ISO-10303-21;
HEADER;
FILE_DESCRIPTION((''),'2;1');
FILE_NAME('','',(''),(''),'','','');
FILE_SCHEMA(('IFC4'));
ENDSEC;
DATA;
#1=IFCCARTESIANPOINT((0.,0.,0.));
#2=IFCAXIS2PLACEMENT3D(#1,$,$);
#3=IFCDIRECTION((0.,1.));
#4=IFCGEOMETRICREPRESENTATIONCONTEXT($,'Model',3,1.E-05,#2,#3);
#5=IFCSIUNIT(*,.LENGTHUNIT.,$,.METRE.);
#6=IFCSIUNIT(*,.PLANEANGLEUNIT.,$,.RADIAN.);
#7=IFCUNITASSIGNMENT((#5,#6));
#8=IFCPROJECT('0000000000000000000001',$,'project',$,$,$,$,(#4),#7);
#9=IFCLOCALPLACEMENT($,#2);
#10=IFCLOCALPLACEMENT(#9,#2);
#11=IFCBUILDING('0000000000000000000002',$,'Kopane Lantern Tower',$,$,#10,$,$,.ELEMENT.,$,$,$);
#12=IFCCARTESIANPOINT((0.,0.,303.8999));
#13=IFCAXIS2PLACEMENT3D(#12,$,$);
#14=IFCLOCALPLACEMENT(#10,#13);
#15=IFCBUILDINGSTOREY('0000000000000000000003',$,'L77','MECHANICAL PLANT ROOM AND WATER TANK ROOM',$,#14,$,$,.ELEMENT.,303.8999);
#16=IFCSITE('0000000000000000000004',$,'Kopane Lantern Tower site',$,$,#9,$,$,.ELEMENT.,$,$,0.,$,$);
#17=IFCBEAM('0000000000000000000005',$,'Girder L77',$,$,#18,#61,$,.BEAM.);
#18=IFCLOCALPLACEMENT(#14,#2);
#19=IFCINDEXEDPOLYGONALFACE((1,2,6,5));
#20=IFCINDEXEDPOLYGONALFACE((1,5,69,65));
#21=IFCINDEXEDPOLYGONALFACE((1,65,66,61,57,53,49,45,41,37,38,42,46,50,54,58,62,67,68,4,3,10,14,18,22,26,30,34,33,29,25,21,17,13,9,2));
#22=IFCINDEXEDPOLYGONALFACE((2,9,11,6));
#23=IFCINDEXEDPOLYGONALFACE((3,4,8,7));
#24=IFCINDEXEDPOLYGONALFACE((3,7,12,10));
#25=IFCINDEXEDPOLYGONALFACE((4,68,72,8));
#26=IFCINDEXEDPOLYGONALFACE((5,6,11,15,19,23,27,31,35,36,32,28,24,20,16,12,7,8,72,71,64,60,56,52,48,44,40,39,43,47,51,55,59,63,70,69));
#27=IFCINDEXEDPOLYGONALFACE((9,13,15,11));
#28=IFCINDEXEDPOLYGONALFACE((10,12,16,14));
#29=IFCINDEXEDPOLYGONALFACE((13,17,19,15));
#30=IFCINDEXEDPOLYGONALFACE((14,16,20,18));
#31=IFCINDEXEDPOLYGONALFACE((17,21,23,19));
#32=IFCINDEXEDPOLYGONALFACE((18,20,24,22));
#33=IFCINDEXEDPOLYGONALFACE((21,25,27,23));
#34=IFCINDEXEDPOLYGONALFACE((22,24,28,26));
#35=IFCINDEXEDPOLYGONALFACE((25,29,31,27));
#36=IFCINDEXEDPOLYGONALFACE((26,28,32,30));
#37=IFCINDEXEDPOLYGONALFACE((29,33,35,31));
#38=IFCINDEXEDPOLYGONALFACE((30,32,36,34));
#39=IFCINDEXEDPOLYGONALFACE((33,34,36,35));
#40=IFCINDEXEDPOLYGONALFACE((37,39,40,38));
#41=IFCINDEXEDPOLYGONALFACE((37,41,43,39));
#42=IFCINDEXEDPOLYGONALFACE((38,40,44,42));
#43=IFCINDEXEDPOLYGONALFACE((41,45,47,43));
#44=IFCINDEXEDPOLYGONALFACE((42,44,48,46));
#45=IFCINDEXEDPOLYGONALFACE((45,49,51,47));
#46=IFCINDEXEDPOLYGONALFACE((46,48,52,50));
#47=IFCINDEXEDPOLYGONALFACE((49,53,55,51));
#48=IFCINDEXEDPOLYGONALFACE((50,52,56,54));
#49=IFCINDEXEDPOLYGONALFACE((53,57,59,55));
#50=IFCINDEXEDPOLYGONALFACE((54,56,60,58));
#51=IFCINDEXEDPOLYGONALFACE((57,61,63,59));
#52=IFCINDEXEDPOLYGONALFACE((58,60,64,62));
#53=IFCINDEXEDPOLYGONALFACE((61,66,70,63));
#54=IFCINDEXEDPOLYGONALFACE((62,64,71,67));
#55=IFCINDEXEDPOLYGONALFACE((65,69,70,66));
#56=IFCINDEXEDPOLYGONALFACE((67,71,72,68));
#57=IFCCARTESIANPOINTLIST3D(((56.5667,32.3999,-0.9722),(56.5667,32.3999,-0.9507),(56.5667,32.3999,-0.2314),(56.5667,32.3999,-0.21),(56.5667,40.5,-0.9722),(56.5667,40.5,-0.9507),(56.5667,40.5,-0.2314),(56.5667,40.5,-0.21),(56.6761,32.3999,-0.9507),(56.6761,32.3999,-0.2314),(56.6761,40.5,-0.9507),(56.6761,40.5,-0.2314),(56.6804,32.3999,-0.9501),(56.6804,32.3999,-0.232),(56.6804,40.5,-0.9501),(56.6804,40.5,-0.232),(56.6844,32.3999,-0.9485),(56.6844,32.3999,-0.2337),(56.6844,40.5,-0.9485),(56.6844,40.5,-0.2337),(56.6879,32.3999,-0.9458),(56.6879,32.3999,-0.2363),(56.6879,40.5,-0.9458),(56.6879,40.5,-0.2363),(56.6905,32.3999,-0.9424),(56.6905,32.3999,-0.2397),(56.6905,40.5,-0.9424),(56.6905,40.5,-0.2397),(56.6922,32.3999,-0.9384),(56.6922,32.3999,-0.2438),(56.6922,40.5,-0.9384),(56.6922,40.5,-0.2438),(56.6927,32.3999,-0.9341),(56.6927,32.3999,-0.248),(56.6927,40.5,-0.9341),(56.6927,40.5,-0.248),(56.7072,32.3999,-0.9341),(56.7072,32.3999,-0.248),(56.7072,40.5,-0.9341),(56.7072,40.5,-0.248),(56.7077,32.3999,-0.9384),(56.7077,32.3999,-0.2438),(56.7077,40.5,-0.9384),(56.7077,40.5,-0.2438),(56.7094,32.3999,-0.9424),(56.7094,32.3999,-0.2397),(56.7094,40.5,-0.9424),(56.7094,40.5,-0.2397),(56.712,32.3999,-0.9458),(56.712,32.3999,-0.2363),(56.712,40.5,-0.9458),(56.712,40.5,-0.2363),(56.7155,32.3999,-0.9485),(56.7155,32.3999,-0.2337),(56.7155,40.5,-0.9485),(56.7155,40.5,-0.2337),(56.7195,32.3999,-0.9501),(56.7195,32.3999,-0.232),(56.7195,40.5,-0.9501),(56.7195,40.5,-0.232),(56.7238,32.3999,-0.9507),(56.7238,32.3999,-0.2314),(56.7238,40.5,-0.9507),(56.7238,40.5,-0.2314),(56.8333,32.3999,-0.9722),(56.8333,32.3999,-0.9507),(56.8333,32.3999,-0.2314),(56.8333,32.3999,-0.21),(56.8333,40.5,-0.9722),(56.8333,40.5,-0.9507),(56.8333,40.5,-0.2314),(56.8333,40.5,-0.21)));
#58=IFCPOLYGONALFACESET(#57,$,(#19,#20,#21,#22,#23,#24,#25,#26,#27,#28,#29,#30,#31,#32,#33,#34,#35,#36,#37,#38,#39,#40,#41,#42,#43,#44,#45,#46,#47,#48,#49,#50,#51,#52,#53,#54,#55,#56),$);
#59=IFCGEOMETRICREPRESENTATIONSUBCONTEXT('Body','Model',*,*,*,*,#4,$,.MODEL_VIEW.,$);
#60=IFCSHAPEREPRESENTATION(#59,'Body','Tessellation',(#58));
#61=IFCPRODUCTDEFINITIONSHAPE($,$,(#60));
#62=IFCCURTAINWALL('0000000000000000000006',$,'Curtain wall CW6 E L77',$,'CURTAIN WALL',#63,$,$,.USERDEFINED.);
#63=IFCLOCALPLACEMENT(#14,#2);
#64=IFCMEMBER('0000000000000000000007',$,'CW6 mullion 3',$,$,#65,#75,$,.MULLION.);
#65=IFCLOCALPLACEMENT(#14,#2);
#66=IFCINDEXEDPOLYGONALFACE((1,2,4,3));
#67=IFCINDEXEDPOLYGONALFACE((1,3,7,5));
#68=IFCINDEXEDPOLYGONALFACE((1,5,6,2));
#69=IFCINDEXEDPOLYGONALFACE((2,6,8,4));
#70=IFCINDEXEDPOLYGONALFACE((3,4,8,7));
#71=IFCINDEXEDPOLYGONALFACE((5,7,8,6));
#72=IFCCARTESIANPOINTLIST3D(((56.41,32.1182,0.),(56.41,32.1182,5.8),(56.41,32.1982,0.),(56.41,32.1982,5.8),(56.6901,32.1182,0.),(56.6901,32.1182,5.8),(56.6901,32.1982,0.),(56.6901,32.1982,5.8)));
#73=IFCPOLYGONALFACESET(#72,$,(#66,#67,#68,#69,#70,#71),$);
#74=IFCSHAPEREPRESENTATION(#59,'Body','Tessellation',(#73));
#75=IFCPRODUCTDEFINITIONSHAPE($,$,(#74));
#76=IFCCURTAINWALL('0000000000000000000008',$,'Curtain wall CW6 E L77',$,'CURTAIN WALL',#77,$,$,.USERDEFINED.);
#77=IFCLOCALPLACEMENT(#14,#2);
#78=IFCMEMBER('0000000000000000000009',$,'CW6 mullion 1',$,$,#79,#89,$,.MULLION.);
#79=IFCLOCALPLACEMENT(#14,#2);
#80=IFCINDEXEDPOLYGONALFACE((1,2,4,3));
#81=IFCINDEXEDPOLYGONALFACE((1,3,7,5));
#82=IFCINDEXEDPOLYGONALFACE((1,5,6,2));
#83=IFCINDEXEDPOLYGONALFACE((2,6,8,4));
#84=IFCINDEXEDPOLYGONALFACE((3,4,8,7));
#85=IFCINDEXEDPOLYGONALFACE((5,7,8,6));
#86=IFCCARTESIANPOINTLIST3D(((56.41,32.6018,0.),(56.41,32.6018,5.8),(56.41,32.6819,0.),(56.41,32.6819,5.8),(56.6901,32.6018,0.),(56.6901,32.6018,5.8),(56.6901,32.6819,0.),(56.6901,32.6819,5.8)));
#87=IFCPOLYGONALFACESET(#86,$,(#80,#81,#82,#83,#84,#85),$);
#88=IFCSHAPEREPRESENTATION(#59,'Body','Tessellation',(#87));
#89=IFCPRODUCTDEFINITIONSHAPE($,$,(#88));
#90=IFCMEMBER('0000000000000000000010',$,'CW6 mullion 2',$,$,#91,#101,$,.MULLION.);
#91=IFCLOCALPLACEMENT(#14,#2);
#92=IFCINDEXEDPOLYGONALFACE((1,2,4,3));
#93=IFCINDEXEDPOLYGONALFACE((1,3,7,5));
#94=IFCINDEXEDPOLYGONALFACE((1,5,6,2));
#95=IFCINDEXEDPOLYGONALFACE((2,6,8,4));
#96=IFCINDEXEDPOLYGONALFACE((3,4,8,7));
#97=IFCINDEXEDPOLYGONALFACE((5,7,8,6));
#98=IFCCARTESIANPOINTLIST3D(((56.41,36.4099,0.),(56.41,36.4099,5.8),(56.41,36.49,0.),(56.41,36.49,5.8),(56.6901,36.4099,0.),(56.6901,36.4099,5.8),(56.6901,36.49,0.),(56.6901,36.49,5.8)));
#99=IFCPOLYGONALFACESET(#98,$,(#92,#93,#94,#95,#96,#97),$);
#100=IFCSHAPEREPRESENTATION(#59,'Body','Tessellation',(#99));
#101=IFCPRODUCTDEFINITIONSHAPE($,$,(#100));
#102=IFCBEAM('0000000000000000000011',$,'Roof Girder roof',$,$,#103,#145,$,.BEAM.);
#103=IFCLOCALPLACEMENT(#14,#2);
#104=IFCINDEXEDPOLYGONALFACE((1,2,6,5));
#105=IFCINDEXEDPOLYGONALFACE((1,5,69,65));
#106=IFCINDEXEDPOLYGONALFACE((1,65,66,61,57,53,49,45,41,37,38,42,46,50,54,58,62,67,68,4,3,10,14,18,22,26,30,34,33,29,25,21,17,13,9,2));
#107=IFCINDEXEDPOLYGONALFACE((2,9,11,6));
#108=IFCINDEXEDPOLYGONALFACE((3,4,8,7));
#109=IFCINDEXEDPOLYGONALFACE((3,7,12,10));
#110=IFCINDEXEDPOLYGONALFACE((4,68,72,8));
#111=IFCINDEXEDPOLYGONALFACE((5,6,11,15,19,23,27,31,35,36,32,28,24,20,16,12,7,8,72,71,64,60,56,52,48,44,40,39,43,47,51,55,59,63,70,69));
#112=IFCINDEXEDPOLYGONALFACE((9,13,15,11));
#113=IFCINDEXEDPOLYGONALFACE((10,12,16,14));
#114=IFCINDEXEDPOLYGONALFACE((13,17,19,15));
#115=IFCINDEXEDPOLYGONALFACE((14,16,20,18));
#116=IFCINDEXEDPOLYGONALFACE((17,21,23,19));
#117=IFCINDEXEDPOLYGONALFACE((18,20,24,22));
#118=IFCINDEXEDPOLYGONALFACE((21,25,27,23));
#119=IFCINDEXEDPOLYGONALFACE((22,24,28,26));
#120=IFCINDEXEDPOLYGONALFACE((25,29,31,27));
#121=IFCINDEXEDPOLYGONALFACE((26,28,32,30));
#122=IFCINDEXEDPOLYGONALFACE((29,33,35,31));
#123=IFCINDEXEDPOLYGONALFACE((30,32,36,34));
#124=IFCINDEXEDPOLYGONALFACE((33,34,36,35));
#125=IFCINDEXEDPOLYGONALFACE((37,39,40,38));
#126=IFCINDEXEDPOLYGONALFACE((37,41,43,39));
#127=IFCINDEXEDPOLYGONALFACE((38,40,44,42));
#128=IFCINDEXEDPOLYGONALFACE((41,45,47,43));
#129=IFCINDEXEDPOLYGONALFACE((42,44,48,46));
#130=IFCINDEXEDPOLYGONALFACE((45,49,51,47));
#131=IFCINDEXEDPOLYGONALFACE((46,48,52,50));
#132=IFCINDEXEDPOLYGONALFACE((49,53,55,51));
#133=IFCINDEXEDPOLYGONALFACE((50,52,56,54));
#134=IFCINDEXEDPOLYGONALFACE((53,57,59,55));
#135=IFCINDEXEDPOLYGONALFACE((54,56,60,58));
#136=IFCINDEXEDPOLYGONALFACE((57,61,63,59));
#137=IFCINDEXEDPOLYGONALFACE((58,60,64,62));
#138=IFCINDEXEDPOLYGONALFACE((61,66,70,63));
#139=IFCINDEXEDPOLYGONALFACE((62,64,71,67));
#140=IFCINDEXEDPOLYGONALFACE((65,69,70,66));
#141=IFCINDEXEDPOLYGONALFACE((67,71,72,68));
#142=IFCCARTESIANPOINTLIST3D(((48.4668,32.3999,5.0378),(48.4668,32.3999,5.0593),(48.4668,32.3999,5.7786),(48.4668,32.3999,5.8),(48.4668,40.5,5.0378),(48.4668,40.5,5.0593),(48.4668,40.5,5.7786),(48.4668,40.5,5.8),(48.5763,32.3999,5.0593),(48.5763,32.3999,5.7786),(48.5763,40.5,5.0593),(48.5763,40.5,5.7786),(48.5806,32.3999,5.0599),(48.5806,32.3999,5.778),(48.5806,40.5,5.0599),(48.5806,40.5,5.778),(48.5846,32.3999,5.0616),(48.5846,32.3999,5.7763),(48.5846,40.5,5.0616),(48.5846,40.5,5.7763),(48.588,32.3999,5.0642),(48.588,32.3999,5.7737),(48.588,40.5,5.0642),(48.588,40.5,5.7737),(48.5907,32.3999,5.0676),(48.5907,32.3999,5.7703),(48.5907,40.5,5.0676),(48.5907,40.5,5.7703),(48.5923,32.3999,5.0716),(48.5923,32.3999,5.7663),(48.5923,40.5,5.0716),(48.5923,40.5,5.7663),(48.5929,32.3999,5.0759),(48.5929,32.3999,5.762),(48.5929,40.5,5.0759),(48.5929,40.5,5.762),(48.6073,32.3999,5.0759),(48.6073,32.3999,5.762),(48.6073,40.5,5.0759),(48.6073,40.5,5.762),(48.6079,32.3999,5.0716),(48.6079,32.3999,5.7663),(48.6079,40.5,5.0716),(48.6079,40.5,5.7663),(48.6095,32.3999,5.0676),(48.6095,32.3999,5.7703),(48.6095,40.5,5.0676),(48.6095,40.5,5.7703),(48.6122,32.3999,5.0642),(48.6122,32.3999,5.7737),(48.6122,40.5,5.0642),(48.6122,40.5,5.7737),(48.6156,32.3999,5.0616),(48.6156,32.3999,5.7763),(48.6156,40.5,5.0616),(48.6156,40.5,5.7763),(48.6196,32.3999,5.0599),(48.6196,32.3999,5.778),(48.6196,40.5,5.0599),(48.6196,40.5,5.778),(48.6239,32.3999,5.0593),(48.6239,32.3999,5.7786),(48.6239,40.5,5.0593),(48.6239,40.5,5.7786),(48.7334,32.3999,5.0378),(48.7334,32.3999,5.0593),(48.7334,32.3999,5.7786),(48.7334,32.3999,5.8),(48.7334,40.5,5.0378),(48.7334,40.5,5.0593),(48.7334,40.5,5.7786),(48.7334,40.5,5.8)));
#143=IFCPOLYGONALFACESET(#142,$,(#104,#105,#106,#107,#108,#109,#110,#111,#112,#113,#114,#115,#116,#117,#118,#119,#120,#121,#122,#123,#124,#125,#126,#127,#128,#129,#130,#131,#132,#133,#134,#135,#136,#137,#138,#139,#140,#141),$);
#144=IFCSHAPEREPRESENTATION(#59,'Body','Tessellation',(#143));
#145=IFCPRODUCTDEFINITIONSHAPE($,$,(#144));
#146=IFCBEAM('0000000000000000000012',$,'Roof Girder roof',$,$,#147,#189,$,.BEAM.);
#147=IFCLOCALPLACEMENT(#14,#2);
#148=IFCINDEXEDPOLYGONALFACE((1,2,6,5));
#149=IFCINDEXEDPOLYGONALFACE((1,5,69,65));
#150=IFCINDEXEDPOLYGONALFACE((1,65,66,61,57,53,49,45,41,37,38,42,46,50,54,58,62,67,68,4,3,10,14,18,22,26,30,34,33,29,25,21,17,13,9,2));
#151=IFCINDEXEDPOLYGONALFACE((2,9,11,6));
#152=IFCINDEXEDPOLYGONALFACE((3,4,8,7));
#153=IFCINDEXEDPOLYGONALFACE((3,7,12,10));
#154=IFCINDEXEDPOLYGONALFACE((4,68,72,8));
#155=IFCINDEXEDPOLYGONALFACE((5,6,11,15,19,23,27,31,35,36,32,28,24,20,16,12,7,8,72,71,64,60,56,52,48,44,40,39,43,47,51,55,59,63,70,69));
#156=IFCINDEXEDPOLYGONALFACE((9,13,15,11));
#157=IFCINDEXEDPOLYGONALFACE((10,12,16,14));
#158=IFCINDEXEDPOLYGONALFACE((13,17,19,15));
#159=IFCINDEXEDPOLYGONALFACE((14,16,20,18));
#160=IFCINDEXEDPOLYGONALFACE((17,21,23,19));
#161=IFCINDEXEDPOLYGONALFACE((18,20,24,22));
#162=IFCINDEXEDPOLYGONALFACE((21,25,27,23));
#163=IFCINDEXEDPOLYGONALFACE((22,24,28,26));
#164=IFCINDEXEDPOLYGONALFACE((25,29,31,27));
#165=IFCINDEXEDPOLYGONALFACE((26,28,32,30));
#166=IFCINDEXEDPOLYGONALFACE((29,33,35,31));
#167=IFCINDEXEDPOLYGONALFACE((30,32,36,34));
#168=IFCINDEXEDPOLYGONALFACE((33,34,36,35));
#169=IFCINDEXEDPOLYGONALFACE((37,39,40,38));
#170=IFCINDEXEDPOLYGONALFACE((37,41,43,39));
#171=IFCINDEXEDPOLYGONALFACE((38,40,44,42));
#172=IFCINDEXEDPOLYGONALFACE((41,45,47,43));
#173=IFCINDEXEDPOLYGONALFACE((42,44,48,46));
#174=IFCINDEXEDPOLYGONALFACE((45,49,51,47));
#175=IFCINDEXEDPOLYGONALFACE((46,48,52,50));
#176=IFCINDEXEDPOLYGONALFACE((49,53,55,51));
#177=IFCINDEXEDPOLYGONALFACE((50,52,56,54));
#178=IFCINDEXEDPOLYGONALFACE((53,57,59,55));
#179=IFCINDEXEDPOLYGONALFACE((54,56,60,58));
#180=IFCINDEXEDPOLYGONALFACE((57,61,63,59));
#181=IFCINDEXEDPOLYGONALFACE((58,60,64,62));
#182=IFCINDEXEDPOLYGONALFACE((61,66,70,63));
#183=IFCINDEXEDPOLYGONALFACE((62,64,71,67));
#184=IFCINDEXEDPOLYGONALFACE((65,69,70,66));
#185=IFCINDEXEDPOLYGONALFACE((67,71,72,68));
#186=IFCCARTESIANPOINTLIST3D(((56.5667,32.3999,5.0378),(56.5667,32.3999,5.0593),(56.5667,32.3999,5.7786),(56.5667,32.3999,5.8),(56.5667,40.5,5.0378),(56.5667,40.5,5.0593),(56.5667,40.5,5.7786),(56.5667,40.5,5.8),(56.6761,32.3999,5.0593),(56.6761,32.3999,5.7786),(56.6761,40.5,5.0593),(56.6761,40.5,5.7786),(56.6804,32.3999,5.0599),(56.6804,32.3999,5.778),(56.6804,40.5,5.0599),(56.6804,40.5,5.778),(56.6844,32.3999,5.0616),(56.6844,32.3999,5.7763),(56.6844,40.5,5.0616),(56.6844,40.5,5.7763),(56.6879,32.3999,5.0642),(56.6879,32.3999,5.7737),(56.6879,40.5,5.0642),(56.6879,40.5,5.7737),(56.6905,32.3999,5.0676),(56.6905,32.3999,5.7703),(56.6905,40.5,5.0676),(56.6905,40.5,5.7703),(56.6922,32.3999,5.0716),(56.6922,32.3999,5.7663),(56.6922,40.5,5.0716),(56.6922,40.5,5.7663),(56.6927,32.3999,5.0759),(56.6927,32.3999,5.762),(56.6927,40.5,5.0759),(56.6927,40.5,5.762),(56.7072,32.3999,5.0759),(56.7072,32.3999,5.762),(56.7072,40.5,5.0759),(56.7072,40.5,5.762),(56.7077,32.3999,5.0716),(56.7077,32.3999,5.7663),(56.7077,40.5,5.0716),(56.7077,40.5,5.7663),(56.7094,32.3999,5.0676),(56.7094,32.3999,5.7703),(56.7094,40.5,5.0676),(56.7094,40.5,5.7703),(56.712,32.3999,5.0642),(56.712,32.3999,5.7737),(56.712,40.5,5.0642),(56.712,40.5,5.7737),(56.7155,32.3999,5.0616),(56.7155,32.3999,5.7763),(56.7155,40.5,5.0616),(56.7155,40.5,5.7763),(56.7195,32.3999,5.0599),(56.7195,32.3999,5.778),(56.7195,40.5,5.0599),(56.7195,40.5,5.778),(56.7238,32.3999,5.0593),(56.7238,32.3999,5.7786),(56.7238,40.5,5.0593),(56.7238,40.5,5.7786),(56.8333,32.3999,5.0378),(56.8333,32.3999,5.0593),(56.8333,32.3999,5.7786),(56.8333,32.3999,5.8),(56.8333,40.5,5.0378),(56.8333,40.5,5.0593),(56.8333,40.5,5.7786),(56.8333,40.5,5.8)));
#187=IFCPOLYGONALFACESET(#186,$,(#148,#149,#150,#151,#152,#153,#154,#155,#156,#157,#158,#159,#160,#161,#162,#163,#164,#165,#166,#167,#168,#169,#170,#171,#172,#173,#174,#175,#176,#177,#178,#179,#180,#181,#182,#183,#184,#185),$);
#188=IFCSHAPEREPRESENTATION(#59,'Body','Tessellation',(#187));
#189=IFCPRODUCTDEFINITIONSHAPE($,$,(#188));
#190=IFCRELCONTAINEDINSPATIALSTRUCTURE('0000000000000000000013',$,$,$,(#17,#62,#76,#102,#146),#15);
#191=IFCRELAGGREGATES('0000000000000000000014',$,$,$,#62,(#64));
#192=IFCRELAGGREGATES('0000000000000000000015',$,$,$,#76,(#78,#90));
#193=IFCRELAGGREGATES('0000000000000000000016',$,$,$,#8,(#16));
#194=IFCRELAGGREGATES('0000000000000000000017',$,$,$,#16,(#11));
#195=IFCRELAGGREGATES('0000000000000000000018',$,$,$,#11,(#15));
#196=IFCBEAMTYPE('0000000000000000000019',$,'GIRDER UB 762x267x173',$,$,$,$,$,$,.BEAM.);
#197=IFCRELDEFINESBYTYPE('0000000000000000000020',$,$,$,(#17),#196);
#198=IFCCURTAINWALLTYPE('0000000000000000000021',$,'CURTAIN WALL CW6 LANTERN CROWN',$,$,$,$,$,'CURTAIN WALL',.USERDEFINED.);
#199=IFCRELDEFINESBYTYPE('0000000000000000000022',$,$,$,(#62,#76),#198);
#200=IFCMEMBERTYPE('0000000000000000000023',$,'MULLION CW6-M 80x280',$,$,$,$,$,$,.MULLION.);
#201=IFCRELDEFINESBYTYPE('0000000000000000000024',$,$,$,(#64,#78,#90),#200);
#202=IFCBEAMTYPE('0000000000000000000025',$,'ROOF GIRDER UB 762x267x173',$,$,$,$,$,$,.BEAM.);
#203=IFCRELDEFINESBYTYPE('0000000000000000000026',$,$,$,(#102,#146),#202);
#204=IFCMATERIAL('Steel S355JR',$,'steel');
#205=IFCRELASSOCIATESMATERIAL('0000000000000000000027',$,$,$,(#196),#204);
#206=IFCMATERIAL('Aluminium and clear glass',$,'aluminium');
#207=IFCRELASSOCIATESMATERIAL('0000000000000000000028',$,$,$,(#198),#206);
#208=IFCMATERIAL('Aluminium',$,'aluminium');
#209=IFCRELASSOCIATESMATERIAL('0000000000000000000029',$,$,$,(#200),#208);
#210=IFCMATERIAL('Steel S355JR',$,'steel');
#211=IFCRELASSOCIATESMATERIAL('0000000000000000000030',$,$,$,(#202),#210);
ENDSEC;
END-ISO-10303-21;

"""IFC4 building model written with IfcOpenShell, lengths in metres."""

from ifc_helpers import new_model, si_unit, direction, frame, origin, origin_2d, place, context, subcontext, project, spatial, rectangle, i_section, extrude, material, material_profile, profile_set, type_object, element, aggregate, save


model = new_model("IFC4")

# Units and contexts
model_context = context("Model", 3, precision=1e-05, world=origin(), true_north=direction((0.0, 1.0)))
body_context = subcontext(model_context, "Body", "Model", "MODEL_VIEW")
ifc_project = project(units=[si_unit("LENGTHUNIT", "METRE"), si_unit("PLANEANGLEUNIT", "RADIAN")], contexts=[model_context])

# Site, building, storey
site_placement = place(None, origin())
site = spatial("IfcSite", under=ifc_project, at=site_placement, Name="Kopane Lantern Tower site", CompositionType="ELEMENT", RefElevation=0.0)
building_placement = place(site_placement, origin())
building = spatial("IfcBuilding", under=site, at=building_placement, Name="Kopane Lantern Tower", CompositionType="ELEMENT")
storey_placement = place(building_placement, frame((0.0, 0.0, 303.8999)))
storey = spatial("IfcBuildingStorey", under=building, at=storey_placement, Name="L77", Description="MECHANICAL PLANT ROOM AND WATER TANK ROOM", CompositionType="ELEMENT", Elevation=303.8999)

# Beam
ifc_material_1 = material(Name="Steel S355JR", Category="steel")
ifc_material_profile_1 = material_profile(ifc_material_1, i_section(OverallWidth=0.2666, OverallDepth=0.7622, WebThickness=0.0144, FlangeThickness=0.0215, FilletRadius=0.0166, at=origin_2d()), Name="UB 762x267x173")
ifc_profile_set_1 = profile_set([ifc_material_profile_1], Name="Steel S355JR")
beam_type_1 = type_object("IfcBeamType", Name="GIRDER UB 762x267x173", PredefinedType="BEAM", material=ifc_profile_set_1)
beam_1_placement = place(storey_placement, frame((56.7, 32.3999, -0.5911), z_axis=(0.0, 1.0, 0.0), x_axis=(-1.0, 0.0, 0.0)))
element("IfcBeam", 1, at=beam_1_placement, inside=storey, type_object=beam_type_1, Name="Girder L77", PredefinedType="BEAM", context=body_context, shape_type="SweptSolid", body=[
    extrude(i_section(OverallWidth=0.2666, OverallDepth=0.7622, WebThickness=0.0144, FlangeThickness=0.0215, FilletRadius=0.0166, at=origin_2d()), origin(), (0.0, 0.0, 1.0), 8.1001),
])

# Curtain wall, member
ifc_material_2 = material(Name="Aluminium and clear glass", Category="aluminium")
curtain_wall_type = type_object("IfcCurtainWallType", Name="CURTAIN WALL CW6 LANTERN CROWN", ElementType="CURTAIN WALL", PredefinedType="USERDEFINED", material=ifc_material_2)
curtain_wall_1_placement = place(storey_placement, origin())
curtain_wall_1 = element("IfcCurtainWall", 2, at=curtain_wall_1_placement, inside=storey, type_object=curtain_wall_type, Name="Curtain wall CW6 E L77", ObjectType="CURTAIN WALL", PredefinedType="USERDEFINED")
ifc_material_3 = material(Name="Aluminium", Category="aluminium")
ifc_material_profile_2 = material_profile(ifc_material_3, rectangle(XDim=0.0801, YDim=0.28, at=origin_2d()), Name="AL 80x280")
ifc_profile_set_2 = profile_set([ifc_material_profile_2], Name="Aluminium")
member_type_1 = type_object("IfcMemberType", Name="MULLION CW6-M 80x280", PredefinedType="MULLION", material=ifc_profile_set_2)
member_1_placement = place(storey_placement, frame((56.55, 32.1582, 0.0), z_axis=(0.0, 0.0, 1.0), x_axis=(0.0, 1.0, 0.0)))
member_1 = element("IfcMember", 3, at=member_1_placement, type_object=member_type_1, Name="CW6 mullion 3", PredefinedType="MULLION", context=body_context, shape_type="SweptSolid", body=[
    extrude(rectangle(XDim=0.0801, YDim=0.28, at=origin_2d()), origin(), (0.0, 0.0, 1.0), 5.8),
])

# Curtain wall, members
curtain_wall_2_placement = place(storey_placement, origin())
curtain_wall_2 = element("IfcCurtainWall", 4, at=curtain_wall_2_placement, inside=storey, type_object=curtain_wall_type, Name="Curtain wall CW6 E L77", ObjectType="CURTAIN WALL", PredefinedType="USERDEFINED")
member_2_placement = place(storey_placement, frame((56.55, 32.6418, 0.0), z_axis=(0.0, 0.0, 1.0), x_axis=(0.0, 1.0, 0.0)))
member_2 = element("IfcMember", 5, at=member_2_placement, type_object=member_type_1, Name="CW6 mullion 1", PredefinedType="MULLION", context=body_context, shape_type="SweptSolid", body=[
    extrude(rectangle(XDim=0.0801, YDim=0.28, at=origin_2d()), origin(), (0.0, 0.0, 1.0), 5.8),
])
member_3_placement = place(storey_placement, frame((56.55, 36.45, 0.0), z_axis=(0.0, 0.0, 1.0), x_axis=(0.0, 1.0, 0.0)))
member_3 = element("IfcMember", 6, at=member_3_placement, type_object=member_type_1, Name="CW6 mullion 2", PredefinedType="MULLION", context=body_context, shape_type="SweptSolid", body=[
    extrude(rectangle(XDim=0.0801, YDim=0.28, at=origin_2d()), origin(), (0.0, 0.0, 1.0), 5.8),
])

# Beams
ifc_material_4 = material(Name="Steel S355JR", Category="steel")
ifc_material_profile_3 = material_profile(ifc_material_4, i_section(OverallWidth=0.2666, OverallDepth=0.7622, WebThickness=0.0144, FlangeThickness=0.0215, FilletRadius=0.0166, at=origin_2d()), Name="UB 762x267x173")
ifc_profile_set_3 = profile_set([ifc_material_profile_3], Name="Steel S355JR")
beam_type_2 = type_object("IfcBeamType", Name="ROOF GIRDER UB 762x267x173", PredefinedType="BEAM", material=ifc_profile_set_3)
for number, where, z_axis, x_axis, name in (
    (7, (48.6001, 32.3999, 5.4189), (0.0, 1.0, 0.0), (-1.0, 0.0, 0.0), "Roof Girder roof"),
    (8, (56.7, 32.3999, 5.4189), (0.0, 1.0, 0.0), (-1.0, 0.0, 0.0), "Roof Girder roof"),
):
    element("IfcBeam", number, at=place(storey_placement, frame(where, z_axis=z_axis, x_axis=x_axis)), inside=storey, type_object=beam_type_2, Name=name, PredefinedType="BEAM", context=body_context, shape_type="SweptSolid", body=[
        extrude(i_section(OverallWidth=0.2666, OverallDepth=0.7622, WebThickness=0.0144, FlangeThickness=0.0215, FilletRadius=0.0166, at=origin_2d()), origin(), (0.0, 0.0, 1.0), 8.1001),
    ])

aggregate(curtain_wall_1, [member_1])
aggregate(curtain_wall_2, [member_2, member_3])

save(model, "model.ifc")
